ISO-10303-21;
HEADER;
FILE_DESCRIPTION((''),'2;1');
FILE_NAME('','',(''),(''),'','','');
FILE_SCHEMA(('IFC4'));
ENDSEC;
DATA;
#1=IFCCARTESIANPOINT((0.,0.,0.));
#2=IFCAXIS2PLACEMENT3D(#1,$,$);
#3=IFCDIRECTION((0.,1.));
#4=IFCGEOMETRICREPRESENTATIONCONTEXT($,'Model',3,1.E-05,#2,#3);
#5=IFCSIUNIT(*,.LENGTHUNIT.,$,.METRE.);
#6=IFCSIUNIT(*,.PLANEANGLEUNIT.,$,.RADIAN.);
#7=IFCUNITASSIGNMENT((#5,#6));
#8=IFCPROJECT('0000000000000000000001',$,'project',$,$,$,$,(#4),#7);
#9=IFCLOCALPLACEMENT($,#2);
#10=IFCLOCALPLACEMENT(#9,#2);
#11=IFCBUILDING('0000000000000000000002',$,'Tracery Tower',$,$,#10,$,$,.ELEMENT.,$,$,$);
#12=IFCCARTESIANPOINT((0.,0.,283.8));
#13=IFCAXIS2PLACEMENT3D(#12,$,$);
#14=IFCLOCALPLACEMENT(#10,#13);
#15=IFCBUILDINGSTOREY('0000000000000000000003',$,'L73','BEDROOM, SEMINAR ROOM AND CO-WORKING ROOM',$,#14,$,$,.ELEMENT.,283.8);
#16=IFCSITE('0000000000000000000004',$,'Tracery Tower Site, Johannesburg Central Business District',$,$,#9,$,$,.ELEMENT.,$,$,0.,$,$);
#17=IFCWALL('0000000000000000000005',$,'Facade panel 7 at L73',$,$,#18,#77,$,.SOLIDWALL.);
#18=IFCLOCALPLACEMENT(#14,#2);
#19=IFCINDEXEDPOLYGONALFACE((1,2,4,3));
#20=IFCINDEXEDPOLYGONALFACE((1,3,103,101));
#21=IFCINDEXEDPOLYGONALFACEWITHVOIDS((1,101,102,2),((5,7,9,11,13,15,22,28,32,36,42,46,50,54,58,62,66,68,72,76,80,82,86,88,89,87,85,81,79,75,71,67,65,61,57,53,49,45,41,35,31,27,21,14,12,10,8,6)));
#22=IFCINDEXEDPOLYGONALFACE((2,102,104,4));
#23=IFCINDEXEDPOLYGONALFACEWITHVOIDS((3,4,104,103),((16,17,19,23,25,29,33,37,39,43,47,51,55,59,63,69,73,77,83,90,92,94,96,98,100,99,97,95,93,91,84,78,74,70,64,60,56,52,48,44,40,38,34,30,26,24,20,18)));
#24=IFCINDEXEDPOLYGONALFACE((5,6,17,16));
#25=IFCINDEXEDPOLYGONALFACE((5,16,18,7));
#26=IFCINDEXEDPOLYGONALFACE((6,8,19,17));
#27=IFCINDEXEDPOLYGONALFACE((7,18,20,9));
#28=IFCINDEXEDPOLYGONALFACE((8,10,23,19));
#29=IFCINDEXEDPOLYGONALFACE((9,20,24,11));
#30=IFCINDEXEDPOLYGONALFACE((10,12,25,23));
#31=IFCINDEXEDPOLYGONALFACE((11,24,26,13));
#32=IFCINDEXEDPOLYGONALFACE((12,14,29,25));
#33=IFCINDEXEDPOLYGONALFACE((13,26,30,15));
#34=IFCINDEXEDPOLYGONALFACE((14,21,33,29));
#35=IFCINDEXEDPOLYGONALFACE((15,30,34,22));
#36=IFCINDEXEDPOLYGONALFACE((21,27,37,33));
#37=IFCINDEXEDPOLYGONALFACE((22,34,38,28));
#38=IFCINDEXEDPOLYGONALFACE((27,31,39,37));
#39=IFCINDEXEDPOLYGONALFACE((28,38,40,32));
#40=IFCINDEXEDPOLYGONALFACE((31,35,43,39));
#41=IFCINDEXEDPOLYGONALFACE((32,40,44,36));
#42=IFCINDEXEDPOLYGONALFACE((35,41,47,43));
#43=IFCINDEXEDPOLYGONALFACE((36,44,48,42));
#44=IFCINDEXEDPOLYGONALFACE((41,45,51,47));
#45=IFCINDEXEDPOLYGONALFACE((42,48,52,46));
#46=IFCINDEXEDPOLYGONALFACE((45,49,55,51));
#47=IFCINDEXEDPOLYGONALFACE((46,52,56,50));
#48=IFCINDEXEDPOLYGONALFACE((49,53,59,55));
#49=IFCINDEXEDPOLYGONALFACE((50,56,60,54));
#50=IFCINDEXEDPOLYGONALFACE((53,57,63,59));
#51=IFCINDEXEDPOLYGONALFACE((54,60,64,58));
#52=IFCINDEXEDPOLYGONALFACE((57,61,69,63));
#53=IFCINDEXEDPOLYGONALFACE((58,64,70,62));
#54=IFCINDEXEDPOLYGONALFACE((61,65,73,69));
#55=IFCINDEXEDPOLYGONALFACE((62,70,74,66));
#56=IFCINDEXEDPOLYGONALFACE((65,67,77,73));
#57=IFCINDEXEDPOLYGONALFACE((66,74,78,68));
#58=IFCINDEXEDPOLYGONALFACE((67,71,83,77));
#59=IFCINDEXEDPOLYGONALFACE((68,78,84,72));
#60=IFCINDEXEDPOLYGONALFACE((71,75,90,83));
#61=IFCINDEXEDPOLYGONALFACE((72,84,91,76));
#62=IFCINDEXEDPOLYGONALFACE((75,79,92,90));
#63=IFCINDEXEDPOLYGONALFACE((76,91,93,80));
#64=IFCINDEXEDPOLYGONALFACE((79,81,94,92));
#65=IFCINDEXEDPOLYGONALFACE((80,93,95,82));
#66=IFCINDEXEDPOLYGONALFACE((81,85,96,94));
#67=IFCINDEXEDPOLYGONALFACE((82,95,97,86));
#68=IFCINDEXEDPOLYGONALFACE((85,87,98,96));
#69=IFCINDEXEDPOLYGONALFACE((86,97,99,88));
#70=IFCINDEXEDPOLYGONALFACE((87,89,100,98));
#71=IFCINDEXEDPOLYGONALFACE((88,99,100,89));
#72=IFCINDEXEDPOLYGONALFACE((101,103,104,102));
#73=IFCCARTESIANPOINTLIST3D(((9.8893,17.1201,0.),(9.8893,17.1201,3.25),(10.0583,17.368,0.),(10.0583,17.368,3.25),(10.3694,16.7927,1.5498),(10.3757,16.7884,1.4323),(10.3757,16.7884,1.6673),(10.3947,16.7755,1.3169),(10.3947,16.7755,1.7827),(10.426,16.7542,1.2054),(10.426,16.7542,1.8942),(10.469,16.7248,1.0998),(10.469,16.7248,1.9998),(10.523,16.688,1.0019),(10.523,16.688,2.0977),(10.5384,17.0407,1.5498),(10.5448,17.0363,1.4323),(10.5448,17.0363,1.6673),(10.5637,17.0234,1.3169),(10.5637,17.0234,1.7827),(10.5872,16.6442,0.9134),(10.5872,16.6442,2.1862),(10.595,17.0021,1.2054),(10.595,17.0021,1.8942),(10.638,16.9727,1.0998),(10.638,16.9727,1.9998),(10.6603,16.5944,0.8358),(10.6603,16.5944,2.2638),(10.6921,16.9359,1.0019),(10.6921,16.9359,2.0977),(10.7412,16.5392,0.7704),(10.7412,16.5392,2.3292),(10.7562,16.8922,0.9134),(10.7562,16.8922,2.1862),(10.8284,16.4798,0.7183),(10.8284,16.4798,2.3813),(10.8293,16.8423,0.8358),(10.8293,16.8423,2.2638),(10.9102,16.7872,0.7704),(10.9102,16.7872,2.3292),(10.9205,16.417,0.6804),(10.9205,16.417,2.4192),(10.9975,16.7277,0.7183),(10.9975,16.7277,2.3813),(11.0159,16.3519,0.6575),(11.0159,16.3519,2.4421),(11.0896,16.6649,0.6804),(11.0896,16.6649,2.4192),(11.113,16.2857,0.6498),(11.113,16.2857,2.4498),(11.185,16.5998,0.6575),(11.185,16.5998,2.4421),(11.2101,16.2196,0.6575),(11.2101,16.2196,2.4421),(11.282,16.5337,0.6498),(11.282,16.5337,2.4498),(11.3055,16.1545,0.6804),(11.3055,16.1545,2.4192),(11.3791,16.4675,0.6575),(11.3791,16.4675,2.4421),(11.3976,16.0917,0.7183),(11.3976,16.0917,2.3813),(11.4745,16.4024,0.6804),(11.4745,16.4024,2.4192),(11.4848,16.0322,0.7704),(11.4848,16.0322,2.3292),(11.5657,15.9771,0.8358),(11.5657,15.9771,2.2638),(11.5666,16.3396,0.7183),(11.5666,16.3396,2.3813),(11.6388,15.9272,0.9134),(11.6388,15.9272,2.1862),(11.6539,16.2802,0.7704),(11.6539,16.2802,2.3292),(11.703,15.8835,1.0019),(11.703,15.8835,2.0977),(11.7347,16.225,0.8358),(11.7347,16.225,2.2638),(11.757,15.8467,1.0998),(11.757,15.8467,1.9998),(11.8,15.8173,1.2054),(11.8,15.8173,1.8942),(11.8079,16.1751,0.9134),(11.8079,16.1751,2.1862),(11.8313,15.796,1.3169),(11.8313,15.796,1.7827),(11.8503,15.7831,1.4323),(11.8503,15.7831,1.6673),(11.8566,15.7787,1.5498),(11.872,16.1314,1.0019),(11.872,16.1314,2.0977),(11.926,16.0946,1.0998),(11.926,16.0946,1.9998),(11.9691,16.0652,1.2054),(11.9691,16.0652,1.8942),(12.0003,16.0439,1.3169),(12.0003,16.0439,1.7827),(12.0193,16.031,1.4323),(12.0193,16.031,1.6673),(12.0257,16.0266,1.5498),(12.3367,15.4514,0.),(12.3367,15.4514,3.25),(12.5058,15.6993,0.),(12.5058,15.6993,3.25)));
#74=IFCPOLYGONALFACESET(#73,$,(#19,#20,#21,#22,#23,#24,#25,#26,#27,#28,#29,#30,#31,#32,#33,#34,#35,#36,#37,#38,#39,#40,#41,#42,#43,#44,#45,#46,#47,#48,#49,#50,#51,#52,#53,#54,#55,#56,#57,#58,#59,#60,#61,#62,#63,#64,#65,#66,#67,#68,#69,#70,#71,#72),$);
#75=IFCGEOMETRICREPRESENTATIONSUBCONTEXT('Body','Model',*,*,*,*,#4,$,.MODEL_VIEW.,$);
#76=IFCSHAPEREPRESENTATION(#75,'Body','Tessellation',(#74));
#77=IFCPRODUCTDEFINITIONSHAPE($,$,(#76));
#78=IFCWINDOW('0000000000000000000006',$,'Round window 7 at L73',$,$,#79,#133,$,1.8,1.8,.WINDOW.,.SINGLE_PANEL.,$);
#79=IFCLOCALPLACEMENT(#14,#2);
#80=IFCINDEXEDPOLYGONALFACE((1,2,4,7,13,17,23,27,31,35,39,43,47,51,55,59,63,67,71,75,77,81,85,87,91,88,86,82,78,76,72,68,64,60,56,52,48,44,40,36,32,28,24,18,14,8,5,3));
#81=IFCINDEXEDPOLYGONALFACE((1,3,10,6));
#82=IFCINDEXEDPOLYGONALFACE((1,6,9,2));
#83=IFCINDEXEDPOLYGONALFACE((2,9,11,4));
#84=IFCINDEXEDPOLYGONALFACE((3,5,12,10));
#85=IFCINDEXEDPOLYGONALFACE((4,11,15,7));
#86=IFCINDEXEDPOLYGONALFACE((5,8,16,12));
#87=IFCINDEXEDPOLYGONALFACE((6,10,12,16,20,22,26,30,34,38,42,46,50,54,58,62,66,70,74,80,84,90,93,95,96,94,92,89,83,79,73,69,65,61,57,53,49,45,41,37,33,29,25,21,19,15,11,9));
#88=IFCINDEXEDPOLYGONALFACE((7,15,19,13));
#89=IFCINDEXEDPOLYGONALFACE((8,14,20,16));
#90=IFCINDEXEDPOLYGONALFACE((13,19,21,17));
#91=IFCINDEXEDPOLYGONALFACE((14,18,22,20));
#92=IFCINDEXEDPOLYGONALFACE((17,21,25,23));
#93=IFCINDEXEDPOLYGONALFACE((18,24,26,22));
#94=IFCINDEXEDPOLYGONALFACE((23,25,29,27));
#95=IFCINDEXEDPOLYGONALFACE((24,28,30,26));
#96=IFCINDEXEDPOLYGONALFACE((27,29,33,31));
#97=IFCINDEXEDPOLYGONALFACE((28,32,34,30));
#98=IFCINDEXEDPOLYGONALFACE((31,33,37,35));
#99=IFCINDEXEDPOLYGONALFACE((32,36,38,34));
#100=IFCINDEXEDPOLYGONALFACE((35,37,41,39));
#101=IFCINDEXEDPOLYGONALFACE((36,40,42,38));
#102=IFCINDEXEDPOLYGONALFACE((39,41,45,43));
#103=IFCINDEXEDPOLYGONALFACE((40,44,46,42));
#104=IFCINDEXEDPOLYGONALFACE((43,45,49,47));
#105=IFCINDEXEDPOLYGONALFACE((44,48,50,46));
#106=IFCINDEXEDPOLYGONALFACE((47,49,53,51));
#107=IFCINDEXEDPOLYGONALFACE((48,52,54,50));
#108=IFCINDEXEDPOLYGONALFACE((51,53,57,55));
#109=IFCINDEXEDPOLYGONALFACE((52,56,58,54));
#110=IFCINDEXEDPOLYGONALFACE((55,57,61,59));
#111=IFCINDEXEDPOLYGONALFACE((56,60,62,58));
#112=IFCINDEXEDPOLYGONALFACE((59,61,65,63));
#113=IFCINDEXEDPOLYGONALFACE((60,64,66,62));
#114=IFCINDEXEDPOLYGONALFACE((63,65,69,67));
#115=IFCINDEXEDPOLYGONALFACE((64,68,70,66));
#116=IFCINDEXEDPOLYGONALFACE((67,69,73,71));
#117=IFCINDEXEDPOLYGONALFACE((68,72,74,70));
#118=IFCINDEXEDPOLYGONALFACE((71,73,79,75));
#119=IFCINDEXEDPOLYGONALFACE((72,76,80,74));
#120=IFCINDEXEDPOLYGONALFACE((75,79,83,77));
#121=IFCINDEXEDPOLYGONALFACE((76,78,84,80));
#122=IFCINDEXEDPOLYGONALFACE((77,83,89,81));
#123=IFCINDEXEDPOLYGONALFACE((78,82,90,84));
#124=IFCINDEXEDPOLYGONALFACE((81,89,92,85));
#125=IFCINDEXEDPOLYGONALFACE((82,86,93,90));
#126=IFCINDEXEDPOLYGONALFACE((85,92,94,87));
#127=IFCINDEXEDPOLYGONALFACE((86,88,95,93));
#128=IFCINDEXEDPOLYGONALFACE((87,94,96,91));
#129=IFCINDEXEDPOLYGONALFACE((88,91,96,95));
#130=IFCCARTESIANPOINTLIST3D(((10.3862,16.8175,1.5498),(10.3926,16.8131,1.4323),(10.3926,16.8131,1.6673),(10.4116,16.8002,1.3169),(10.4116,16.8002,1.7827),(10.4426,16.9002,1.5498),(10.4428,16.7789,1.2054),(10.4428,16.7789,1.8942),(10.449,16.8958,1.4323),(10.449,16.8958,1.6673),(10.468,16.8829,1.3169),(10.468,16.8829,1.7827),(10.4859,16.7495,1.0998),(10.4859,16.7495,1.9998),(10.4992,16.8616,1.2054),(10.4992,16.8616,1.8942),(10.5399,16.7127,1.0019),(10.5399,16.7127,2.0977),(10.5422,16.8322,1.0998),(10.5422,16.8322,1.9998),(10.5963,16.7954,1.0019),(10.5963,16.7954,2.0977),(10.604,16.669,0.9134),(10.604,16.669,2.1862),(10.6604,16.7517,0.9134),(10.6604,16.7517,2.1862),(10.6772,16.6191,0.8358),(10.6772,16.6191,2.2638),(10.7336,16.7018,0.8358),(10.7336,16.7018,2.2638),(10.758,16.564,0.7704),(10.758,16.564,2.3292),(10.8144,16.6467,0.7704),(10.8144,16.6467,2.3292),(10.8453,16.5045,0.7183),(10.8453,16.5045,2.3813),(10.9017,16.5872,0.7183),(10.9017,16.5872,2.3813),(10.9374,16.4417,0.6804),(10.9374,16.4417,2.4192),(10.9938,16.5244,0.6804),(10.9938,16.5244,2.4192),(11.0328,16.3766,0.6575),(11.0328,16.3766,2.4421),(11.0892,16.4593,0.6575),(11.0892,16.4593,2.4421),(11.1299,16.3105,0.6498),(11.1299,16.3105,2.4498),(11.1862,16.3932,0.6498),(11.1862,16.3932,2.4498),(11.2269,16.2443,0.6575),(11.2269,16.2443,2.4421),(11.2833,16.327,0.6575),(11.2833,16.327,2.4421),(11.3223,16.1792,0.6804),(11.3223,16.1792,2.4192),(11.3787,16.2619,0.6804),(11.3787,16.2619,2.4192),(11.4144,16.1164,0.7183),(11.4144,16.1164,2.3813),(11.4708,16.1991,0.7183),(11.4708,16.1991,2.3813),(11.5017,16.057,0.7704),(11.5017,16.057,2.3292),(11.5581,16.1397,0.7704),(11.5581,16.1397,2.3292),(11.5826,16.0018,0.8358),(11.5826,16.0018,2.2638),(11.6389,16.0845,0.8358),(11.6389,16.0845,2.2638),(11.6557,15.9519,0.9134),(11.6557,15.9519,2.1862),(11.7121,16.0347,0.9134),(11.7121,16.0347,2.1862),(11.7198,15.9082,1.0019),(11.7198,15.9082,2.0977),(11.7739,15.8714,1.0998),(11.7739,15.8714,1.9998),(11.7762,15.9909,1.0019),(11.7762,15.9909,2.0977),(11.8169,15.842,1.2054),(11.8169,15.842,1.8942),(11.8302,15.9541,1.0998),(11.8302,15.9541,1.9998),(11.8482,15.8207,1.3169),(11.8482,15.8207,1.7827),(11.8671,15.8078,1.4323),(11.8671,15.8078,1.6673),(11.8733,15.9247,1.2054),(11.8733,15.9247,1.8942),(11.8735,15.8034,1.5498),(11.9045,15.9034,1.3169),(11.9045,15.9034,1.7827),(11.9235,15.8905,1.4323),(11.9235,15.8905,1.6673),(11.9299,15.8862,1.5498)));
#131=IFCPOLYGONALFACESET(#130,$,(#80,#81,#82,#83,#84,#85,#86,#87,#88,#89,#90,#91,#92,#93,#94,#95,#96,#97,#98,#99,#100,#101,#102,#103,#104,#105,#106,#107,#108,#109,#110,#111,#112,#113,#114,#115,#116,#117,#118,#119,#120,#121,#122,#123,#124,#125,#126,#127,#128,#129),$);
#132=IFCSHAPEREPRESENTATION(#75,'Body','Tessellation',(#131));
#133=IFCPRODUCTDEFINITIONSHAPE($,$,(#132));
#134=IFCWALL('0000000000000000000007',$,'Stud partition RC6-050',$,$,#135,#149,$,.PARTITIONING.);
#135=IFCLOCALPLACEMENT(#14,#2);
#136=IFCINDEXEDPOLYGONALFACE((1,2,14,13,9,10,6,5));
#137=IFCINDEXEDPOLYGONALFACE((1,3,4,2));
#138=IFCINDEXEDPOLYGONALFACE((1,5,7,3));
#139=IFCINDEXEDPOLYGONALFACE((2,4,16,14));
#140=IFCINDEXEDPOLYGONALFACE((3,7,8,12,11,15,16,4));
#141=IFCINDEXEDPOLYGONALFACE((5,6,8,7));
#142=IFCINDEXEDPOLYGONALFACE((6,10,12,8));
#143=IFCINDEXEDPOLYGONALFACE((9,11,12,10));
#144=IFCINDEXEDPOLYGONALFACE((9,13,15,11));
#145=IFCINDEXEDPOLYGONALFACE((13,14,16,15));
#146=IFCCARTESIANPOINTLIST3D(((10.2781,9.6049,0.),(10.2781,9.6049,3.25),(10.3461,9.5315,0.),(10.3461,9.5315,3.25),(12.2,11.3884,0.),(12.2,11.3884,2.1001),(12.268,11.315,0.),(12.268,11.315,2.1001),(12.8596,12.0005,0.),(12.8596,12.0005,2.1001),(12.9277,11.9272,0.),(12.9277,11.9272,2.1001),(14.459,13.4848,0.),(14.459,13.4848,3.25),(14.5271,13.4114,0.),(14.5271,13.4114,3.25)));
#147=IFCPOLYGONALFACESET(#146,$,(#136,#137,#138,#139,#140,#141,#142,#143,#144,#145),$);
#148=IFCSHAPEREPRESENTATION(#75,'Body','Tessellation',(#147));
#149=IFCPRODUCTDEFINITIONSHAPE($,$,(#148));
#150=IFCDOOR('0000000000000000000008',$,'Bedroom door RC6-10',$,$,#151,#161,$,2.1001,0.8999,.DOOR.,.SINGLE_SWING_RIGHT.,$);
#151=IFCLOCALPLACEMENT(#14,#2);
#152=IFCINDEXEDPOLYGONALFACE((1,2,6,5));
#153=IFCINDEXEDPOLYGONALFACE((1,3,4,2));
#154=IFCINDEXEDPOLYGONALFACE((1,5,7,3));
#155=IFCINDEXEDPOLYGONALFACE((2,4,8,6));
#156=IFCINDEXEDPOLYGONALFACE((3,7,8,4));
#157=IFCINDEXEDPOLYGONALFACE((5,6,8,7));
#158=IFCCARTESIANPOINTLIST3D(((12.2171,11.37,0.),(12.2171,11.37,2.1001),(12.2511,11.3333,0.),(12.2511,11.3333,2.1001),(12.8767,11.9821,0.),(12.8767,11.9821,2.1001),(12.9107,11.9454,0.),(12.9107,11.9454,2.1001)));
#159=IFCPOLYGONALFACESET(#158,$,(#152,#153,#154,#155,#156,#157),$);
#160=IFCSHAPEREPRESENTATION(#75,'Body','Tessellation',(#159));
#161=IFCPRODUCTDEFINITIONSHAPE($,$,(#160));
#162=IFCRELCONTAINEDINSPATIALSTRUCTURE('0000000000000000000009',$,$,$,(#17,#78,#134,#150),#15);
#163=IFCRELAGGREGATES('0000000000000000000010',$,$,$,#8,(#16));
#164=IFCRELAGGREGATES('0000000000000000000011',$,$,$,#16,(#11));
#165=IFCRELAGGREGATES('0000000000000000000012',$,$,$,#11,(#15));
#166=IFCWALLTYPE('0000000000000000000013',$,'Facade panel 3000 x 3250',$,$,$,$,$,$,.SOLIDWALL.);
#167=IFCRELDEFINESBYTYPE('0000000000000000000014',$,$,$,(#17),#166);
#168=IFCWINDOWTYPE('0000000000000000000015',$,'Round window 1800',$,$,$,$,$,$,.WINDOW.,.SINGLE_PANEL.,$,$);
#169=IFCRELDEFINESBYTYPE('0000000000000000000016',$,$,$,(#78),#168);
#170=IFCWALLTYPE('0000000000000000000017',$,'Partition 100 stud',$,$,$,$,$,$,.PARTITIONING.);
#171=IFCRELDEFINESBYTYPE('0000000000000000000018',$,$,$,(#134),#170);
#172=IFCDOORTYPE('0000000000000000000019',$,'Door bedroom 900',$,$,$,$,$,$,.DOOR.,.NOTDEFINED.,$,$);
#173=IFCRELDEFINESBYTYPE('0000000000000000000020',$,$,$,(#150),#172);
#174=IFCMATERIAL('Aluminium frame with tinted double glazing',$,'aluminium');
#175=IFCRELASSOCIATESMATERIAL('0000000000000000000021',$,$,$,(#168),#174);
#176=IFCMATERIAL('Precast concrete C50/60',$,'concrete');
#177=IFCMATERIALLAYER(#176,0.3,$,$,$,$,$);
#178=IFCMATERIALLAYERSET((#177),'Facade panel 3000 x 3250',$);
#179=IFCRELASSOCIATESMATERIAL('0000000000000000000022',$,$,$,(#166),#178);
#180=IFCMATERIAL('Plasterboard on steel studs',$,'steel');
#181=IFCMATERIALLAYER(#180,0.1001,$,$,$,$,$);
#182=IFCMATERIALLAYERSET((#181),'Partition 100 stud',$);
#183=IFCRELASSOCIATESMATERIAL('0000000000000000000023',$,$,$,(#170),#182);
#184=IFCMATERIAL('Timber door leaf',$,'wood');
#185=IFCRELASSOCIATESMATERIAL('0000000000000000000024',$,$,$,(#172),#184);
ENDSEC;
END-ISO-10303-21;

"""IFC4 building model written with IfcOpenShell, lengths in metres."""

from ifc_helpers import new_model, si_unit, direction, frame, frame_2d, origin, origin_2d, place, context, subcontext, project, spatial, rectangle, circle, extrude, material, layer, layer_set, type_object, element, fill, save


model = new_model("IFC4")

# Units and contexts
model_context = context("Model", 3, precision=1e-05, world=origin(), true_north=direction((0.0, 1.0)))
body_context = subcontext(model_context, "Body", "Model", "MODEL_VIEW")
ifc_project = project(units=[si_unit("LENGTHUNIT", "METRE"), si_unit("PLANEANGLEUNIT", "RADIAN")], contexts=[model_context])

# Site, building, storey
site_placement = place(None, origin())
site = spatial("IfcSite", under=ifc_project, at=site_placement, Name="Tracery Tower Site, Johannesburg Central Business District", CompositionType="ELEMENT", RefElevation=0.0)
building_placement = place(site_placement, origin())
building = spatial("IfcBuilding", under=site, at=building_placement, Name="Tracery Tower", CompositionType="ELEMENT")
storey_placement = place(building_placement, frame((0.0, 0.0, 283.8)))
storey = spatial("IfcBuildingStorey", under=building, at=storey_placement, Name="L73", Description="BEDROOM, SEMINAR ROOM AND CO-WORKING ROOM", CompositionType="ELEMENT", Elevation=283.8)

# Wall, opening, window
ifc_material_1 = material(Name="Aluminium frame with tinted double glazing", Category="aluminium")
window_type = type_object("IfcWindowType", Name="Round window 1800", PartitioningType="SINGLE_PANEL", PredefinedType="WINDOW", material=ifc_material_1)
ifc_material_2 = material(Name="Precast concrete C50/60", Category="concrete")
ifc_layer_1 = layer(ifc_material_2, 0.3)
ifc_layer_set_1 = layer_set([ifc_layer_1], Name="Facade panel 3000 x 3250")
wall_type_1 = type_object("IfcWallType", Name="Facade panel 3000 x 3250", PredefinedType="SOLIDWALL", material=ifc_layer_set_1)
wall_1_placement = place(storey_placement, frame((12.4211, 15.5754, 0.0), z_axis=(0.0, 0.0, 1.0), x_axis=(-0.826236, 0.563324, 0.0)))
wall_1 = element("IfcWall", 1, at=wall_1_placement, inside=storey, type_object=wall_type_1, Name="Facade panel 7 at L73", PredefinedType="SOLIDWALL", context=body_context, shape_type="SweptSolid", body=[
    extrude(rectangle(XDim=2.9622, YDim=0.3, at=frame_2d((1.481, 0.0))), origin(), (0.0, 0.0, 1.0), 3.25),
])
opening_1_placement = place(wall_1_placement, frame((1.481, 0.0, 1.5498)))
opening_1 = element("IfcOpeningElement", 2, at=opening_1_placement, cuts=wall_1, PredefinedType="OPENING", context=body_context, shape_type="SweptSolid", body=[
    extrude(circle(Radius=0.9, at=origin_2d()), frame((0.0, 0.1599, 0.0), z_axis=(0.0, -1.0, 0.0), x_axis=(1.0, 0.0, 0.0)), (0.0, 0.0, 1.0), 0.3201),
])
window_1_placement = place(opening_1_placement, origin())
window_1 = element("IfcWindow", 3, at=window_1_placement, inside=storey, type_object=window_type, Name="Round window 7 at L73", OverallHeight=1.8, OverallWidth=1.8, PartitioningType="SINGLE_PANEL", PredefinedType="WINDOW", context=body_context, shape_type="SweptSolid", body=[
    extrude(circle(Radius=0.9, at=origin_2d()), frame((0.0, 0.1201, 0.0), z_axis=(0.0, -1.0, 0.0), x_axis=(1.0, 0.0, 0.0)), (0.0, 0.0, 1.0), 0.1001),
])
fill(opening_1, window_1)

# Wall, opening, door
ifc_material_3 = material(Name="Plasterboard on steel studs", Category="steel")
ifc_layer_2 = layer(ifc_material_3, 0.1001)
ifc_layer_set_2 = layer_set([ifc_layer_2], Name="Partition 100 stud")
wall_type_2 = type_object("IfcWallType", Name="Partition 100 stud", PredefinedType="PARTITIONING", material=ifc_layer_set_2)
wall_2_placement = place(storey_placement, frame((10.312, 9.5681, 0.0), z_axis=(0.0, 0.0, 1.0), x_axis=(0.733002, 0.680226, 0.0)))
wall_2 = element("IfcWall", 4, at=wall_2_placement, inside=storey, type_object=wall_type_2, Name="Stud partition RC6-050", PredefinedType="PARTITIONING", context=body_context, shape_type="SweptSolid", body=[
    extrude(rectangle(XDim=5.7039, YDim=0.1001, at=frame_2d((2.8521, 0.0))), origin(), (0.0, 0.0, 1.0), 3.25),
])
opening_2_placement = place(wall_2_placement, frame((2.6221, 0.0, 0.0)))
opening_2 = element("IfcOpeningElement", 5, at=opening_2_placement, cuts=wall_2, PredefinedType="OPENING", context=body_context, shape_type="SweptSolid", body=[
    extrude(rectangle(XDim=0.8999, YDim=2.1001, at=frame_2d((0.45, 1.05))), frame((0.0, 0.05, 0.0), z_axis=(0.0, -1.0, 0.0), x_axis=(1.0, 0.0, 0.0)), (0.0, 0.0, 1.0), 0.1001),
])
ifc_material_4 = material(Name="Timber door leaf", Category="wood")
door_type_1 = type_object("IfcDoorType", Name="Door bedroom 900", OperationType="NOTDEFINED", PredefinedType="DOOR", material=ifc_material_4)
door_1_placement = place(opening_2_placement, origin())
door_1 = element("IfcDoor", 6, at=door_1_placement, inside=storey, type_object=door_type_1, Name="Bedroom door RC6-10", OperationType="SINGLE_SWING_RIGHT", OverallHeight=2.1001, OverallWidth=0.8999, PredefinedType="DOOR", context=body_context, shape_type="SweptSolid", body=[
    extrude(rectangle(XDim=0.8999, YDim=2.1001, at=frame_2d((0.45, 1.05))), frame((0.0, 0.0249, 0.0), z_axis=(0.0, -1.0, 0.0), x_axis=(1.0, 0.0, 0.0)), (0.0, 0.0, 1.0), 0.05),
])
fill(opening_2, door_1)

save(model, "model.ifc")
